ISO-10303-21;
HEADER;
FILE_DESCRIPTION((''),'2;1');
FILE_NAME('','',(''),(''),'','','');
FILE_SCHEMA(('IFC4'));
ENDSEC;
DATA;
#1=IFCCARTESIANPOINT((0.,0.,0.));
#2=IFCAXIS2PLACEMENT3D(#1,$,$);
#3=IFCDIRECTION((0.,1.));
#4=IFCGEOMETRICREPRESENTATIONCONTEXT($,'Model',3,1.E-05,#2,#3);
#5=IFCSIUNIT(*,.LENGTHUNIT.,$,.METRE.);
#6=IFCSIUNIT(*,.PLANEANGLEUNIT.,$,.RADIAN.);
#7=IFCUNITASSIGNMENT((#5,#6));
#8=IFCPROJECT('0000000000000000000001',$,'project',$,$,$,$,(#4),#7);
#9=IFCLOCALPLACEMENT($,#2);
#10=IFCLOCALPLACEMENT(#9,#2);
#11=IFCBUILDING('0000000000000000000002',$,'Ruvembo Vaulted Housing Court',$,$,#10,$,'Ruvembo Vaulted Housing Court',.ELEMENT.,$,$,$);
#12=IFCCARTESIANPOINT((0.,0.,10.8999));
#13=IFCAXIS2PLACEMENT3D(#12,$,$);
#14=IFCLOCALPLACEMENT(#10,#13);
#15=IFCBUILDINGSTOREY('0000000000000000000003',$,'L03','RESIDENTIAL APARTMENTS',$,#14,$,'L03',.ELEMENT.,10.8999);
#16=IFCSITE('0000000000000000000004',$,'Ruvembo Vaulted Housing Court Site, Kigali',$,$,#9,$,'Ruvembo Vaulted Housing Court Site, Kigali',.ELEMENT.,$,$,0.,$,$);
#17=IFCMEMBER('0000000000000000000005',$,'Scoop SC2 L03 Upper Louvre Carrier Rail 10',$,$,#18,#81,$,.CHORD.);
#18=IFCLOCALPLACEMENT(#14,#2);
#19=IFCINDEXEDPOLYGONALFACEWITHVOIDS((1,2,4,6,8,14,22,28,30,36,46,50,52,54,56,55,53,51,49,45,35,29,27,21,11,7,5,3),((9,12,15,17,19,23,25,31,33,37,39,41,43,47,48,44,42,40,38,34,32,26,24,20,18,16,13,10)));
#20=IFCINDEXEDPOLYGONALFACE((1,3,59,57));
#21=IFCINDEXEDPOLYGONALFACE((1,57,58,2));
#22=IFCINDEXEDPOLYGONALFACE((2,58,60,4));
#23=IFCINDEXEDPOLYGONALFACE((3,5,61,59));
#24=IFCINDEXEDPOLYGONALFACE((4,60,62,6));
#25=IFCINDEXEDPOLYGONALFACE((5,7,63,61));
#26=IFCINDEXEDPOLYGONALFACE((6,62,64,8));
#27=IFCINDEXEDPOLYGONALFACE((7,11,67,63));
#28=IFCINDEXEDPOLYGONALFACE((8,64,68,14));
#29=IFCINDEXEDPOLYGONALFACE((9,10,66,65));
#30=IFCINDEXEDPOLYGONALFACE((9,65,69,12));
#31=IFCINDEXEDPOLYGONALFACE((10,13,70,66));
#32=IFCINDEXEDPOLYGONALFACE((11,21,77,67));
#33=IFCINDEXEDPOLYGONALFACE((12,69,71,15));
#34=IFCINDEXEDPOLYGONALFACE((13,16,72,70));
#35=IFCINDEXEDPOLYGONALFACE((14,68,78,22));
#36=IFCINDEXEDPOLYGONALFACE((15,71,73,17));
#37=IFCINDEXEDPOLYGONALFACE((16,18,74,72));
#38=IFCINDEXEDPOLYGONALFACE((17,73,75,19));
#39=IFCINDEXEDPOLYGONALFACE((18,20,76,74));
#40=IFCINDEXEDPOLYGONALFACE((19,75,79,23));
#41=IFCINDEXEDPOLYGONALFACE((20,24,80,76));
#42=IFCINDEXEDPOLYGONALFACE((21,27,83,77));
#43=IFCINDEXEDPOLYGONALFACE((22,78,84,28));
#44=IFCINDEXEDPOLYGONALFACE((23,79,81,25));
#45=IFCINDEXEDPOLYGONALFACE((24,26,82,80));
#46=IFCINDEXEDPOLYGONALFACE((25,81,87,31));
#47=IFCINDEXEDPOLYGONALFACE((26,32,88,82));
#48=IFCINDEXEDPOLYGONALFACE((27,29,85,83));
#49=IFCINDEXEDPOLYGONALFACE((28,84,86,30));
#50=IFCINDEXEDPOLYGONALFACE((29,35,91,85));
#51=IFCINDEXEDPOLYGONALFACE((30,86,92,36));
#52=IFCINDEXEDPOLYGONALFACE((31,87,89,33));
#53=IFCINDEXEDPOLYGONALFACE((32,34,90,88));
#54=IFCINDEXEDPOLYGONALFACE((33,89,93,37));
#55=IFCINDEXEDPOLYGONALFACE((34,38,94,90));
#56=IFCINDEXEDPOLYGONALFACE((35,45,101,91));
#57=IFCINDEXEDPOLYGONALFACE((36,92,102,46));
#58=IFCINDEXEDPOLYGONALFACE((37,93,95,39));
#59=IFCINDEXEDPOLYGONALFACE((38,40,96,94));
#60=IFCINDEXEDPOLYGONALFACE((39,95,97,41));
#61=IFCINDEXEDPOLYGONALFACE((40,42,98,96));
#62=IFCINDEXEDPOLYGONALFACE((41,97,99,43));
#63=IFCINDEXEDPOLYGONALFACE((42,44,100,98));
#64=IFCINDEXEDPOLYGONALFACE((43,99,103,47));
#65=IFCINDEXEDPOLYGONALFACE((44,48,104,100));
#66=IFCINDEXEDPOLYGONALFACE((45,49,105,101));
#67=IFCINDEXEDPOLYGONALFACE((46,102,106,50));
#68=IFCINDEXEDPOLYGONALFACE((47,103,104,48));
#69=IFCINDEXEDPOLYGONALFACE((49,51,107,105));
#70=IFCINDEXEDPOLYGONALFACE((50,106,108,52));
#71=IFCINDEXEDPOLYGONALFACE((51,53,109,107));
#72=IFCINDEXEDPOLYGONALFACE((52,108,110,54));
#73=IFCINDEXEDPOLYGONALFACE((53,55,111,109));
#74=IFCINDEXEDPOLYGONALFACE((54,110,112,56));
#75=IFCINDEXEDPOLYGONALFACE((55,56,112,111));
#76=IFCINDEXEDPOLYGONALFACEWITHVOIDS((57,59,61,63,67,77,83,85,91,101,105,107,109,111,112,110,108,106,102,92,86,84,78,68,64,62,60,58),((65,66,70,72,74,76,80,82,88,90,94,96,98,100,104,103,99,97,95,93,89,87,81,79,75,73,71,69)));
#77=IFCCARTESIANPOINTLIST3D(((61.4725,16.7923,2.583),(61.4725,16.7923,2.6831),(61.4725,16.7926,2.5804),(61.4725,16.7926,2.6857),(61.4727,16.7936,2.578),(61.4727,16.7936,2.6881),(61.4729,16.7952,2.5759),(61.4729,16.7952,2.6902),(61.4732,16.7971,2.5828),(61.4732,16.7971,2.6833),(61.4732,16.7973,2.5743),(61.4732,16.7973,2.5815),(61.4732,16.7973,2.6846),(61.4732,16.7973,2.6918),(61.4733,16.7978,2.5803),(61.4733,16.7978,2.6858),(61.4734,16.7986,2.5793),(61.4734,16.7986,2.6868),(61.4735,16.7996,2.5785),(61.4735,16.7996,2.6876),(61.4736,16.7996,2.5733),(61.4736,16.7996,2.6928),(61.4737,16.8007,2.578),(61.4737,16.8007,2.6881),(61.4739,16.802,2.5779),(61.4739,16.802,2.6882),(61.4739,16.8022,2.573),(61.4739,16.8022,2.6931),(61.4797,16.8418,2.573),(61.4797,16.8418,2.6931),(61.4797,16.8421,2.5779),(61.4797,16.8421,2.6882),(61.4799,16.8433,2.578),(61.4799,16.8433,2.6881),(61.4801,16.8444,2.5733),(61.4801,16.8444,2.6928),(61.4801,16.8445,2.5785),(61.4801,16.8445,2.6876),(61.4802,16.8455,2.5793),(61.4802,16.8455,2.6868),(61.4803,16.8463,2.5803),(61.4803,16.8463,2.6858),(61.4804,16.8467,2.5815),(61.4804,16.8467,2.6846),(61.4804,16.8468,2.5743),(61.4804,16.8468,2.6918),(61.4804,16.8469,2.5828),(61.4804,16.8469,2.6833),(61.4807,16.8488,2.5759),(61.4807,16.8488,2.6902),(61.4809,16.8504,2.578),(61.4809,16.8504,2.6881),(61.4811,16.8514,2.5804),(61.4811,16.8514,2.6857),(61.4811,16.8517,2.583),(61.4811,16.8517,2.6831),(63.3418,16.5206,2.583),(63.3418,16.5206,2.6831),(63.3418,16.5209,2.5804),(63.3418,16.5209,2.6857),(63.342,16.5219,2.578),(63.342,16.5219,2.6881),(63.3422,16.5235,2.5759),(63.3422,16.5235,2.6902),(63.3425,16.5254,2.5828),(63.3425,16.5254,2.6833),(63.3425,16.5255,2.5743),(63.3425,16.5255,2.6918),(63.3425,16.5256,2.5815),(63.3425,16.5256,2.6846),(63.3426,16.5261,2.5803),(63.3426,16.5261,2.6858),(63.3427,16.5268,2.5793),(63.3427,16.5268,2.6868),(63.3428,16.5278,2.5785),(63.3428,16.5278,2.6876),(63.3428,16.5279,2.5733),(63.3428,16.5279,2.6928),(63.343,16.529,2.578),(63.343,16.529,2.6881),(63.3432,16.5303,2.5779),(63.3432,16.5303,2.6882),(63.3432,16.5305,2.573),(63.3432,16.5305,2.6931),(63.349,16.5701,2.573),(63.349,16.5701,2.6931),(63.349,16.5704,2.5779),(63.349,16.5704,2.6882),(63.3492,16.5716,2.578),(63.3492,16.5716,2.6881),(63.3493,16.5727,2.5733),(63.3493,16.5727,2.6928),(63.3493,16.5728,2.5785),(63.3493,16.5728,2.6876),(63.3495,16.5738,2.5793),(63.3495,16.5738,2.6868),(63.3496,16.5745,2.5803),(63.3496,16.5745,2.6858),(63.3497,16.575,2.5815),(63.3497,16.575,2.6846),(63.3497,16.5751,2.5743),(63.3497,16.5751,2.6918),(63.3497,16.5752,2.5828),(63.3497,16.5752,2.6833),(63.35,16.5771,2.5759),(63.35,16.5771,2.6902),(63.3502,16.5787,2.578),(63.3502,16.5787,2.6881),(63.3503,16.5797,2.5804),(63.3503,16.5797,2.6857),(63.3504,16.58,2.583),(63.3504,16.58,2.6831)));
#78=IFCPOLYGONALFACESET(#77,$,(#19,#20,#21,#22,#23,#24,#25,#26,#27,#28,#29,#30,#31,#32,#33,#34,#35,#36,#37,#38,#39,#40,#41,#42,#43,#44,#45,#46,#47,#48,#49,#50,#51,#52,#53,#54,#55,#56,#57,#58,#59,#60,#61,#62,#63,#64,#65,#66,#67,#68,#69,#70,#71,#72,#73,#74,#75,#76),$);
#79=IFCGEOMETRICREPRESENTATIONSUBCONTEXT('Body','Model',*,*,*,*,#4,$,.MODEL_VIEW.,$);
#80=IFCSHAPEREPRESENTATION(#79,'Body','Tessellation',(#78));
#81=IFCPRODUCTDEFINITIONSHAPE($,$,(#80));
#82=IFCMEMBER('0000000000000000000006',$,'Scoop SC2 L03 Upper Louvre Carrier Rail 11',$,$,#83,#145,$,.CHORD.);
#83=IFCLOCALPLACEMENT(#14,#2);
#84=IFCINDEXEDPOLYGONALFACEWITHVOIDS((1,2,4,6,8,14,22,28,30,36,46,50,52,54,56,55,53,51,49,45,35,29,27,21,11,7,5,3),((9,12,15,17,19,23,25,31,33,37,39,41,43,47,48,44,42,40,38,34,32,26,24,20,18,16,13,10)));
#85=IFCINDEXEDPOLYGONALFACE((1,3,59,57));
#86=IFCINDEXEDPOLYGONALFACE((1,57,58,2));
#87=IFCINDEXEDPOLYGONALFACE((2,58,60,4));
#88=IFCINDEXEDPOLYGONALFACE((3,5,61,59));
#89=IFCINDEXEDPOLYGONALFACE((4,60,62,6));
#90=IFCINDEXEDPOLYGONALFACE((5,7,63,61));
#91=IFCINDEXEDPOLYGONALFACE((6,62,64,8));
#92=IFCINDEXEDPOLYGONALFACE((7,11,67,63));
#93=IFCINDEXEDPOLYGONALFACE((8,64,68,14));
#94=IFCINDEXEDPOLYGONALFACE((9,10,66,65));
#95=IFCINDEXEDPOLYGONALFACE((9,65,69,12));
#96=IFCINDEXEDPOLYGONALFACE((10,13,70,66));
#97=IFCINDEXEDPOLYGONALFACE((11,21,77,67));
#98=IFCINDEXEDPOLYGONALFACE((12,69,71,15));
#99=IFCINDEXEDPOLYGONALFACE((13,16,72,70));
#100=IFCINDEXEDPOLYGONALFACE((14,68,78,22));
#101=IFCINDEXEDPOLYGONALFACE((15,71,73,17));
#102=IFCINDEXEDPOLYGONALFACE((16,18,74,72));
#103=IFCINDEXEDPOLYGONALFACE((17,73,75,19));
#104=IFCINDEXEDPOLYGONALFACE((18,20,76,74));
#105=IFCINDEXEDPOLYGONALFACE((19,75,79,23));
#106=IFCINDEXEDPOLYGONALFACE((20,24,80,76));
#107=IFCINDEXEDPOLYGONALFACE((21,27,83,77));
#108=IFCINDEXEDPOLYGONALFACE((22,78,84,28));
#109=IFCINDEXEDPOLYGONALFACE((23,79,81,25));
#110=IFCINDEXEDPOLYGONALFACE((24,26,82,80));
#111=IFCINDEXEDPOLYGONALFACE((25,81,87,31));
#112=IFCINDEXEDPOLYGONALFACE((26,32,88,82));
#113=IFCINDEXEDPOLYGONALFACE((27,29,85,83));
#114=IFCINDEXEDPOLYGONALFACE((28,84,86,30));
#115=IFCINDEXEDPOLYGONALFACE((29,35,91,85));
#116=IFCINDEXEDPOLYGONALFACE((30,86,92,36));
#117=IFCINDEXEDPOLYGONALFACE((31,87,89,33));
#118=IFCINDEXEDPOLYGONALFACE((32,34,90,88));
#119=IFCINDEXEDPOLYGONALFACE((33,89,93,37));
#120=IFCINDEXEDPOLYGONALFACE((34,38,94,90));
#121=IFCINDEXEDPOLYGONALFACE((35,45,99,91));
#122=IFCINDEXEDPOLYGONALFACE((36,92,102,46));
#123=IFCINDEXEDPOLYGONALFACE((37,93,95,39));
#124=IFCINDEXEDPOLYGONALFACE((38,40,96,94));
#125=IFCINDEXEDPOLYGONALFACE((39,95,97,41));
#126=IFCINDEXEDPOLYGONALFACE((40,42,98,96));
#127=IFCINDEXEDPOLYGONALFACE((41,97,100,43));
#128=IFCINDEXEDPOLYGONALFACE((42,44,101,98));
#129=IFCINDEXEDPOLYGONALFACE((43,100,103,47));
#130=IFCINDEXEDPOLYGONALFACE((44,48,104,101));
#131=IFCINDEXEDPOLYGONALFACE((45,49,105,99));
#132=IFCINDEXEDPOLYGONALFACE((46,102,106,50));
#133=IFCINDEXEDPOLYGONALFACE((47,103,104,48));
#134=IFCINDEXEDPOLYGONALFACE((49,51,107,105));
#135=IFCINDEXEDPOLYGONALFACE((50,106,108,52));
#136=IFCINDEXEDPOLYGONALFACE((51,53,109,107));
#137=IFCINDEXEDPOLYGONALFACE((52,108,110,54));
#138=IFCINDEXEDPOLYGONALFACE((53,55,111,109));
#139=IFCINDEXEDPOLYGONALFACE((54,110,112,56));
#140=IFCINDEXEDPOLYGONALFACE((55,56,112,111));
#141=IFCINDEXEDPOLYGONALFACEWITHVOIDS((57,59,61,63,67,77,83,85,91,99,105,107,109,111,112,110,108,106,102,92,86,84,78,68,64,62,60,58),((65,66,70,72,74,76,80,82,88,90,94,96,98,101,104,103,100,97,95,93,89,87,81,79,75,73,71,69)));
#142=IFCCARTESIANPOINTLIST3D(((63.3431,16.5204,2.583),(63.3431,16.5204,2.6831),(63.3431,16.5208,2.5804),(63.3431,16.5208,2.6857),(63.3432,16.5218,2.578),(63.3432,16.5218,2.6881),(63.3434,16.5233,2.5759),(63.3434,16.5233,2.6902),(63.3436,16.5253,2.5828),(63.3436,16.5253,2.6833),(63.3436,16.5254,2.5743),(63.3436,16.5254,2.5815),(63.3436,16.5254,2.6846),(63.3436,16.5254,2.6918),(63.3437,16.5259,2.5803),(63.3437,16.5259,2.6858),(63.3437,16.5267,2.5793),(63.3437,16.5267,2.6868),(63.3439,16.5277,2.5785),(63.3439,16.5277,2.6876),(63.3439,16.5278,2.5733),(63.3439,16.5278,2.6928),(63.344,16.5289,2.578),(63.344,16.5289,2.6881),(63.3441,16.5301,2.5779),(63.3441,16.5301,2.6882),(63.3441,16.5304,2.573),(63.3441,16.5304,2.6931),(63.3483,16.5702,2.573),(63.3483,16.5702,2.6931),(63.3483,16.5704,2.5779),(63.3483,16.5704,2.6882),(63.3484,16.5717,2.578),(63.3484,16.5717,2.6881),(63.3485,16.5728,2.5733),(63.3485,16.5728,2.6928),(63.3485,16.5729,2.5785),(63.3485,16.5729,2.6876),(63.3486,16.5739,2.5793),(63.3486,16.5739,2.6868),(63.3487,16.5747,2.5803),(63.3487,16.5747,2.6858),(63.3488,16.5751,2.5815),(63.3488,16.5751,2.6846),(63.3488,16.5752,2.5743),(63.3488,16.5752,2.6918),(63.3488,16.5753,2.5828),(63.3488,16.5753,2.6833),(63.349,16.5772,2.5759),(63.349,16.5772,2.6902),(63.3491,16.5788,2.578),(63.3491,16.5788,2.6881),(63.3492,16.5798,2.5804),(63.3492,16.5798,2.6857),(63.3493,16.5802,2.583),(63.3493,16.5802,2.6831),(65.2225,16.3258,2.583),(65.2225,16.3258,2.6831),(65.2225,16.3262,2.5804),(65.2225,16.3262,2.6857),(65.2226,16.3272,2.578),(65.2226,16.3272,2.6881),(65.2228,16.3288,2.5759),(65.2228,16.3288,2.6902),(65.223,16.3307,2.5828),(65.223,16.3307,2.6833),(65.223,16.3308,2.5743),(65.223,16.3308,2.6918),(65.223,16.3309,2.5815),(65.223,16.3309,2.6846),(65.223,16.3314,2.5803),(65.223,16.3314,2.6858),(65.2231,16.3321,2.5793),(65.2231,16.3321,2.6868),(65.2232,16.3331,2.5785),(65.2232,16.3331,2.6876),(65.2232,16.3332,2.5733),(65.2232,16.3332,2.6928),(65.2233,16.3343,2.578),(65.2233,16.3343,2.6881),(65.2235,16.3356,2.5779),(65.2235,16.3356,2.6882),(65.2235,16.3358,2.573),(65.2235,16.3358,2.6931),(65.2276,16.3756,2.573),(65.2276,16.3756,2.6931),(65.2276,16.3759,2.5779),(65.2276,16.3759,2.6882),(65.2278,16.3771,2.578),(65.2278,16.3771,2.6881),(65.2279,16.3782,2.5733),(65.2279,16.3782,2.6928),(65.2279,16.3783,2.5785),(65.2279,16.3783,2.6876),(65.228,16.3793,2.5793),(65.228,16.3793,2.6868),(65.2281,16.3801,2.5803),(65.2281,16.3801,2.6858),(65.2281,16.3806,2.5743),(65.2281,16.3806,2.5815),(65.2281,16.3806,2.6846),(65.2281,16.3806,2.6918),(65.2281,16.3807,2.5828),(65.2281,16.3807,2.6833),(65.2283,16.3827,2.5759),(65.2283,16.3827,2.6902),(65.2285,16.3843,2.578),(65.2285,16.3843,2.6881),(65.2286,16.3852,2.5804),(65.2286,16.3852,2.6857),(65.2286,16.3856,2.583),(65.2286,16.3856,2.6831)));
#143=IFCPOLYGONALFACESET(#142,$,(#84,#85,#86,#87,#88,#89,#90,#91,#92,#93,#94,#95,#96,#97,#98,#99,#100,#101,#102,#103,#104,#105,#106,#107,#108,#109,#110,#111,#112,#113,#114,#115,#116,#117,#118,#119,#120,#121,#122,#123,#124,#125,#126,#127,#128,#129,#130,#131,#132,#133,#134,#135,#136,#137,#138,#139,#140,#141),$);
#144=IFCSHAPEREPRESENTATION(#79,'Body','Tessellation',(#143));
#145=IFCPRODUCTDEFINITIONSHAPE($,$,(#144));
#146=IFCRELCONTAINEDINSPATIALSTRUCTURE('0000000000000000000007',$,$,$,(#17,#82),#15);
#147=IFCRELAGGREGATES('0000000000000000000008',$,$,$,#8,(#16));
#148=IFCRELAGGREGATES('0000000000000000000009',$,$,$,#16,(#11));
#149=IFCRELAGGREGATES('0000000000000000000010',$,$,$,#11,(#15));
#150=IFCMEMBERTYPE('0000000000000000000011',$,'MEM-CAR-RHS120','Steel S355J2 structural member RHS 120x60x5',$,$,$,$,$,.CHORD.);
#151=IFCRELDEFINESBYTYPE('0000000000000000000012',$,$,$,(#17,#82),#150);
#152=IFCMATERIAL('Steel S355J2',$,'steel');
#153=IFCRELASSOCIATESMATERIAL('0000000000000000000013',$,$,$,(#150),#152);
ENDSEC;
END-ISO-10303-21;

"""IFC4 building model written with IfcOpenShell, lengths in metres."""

from ifc_helpers import new_model, si_unit, direction, frame, origin, origin_2d, place, context, subcontext, project, spatial, hollow_rectangle, extrude, material, material_profile, profile_set, type_object, element, save


model = new_model("IFC4")

# Units and contexts
model_context = context("Model", 3, precision=1e-05, world=origin(), true_north=direction((0.0, 1.0)))
body_context = subcontext(model_context, "Body", "Model", "MODEL_VIEW")
ifc_project = project(units=[si_unit("LENGTHUNIT", "METRE"), si_unit("PLANEANGLEUNIT", "RADIAN")], contexts=[model_context])

# Site, building, storey
site_placement = place(None, origin())
site = spatial("IfcSite", under=ifc_project, at=site_placement, Name="Ruvembo Vaulted Housing Court Site, Kigali", LongName="Ruvembo Vaulted Housing Court Site, Kigali", CompositionType="ELEMENT", RefElevation=0.0)
building_placement = place(site_placement, origin())
building = spatial("IfcBuilding", under=site, at=building_placement, Name="Ruvembo Vaulted Housing Court", LongName="Ruvembo Vaulted Housing Court", CompositionType="ELEMENT")
storey_placement = place(building_placement, frame((0.0, 0.0, 10.8999)))
storey = spatial("IfcBuildingStorey", under=building, at=storey_placement, Name="L03", Description="RESIDENTIAL APARTMENTS", LongName="L03", CompositionType="ELEMENT", Elevation=10.8999)

# Shared definitions
ifc_material_1 = material(Name="Steel S355J2", Category="steel")

# Members
ifc_material_profile_1 = material_profile(ifc_material_1, hollow_rectangle(XDim=0.0601, YDim=0.1201, WallThickness=0.0049, InnerFilletRadius=0.0049, OuterFilletRadius=0.01, at=origin_2d()), Name="RHS 120x60x5")
ifc_profile_set_1 = profile_set([ifc_material_profile_1], Name="Steel S355J2")
member_type_1 = type_object("IfcMemberType", Name="MEM-CAR-RHS120", Description="Steel S355J2 structural member RHS 120x60x5", PredefinedType="CHORD", material=ifc_profile_set_1)
member_1_placement = place(storey_placement, frame((61.4768, 16.822, 2.6331), z_axis=(0.9896, -0.143845, 0.0), x_axis=(0.143845, 0.9896, 0.0)))
element("IfcMember", 1, at=member_1_placement, inside=storey, type_object=member_type_1, Name="Scoop SC2 L03 Upper Louvre Carrier Rail 10", PredefinedType="CHORD", context=body_context, shape_type="SweptSolid", body=[
    extrude(hollow_rectangle(XDim=0.0601, YDim=0.1201, WallThickness=0.0049, InnerFilletRadius=0.0049, OuterFilletRadius=0.01, at=origin_2d()), origin(), (0.0, 0.0, 1.0), 1.8889),
])
member_2_placement = place(storey_placement, frame((63.3462, 16.5503, 2.6331), z_axis=(0.994683, -0.102983, 0.0), x_axis=(0.102983, 0.994683, 0.0)))
element("IfcMember", 2, at=member_2_placement, inside=storey, type_object=member_type_1, Name="Scoop SC2 L03 Upper Louvre Carrier Rail 11", PredefinedType="CHORD", context=body_context, shape_type="SweptSolid", body=[
    extrude(hollow_rectangle(XDim=0.0601, YDim=0.1201, WallThickness=0.0049, InnerFilletRadius=0.0049, OuterFilletRadius=0.01, at=origin_2d()), origin(), (0.0, 0.0, 1.0), 1.8894),
])

save(model, "model.ifc")
